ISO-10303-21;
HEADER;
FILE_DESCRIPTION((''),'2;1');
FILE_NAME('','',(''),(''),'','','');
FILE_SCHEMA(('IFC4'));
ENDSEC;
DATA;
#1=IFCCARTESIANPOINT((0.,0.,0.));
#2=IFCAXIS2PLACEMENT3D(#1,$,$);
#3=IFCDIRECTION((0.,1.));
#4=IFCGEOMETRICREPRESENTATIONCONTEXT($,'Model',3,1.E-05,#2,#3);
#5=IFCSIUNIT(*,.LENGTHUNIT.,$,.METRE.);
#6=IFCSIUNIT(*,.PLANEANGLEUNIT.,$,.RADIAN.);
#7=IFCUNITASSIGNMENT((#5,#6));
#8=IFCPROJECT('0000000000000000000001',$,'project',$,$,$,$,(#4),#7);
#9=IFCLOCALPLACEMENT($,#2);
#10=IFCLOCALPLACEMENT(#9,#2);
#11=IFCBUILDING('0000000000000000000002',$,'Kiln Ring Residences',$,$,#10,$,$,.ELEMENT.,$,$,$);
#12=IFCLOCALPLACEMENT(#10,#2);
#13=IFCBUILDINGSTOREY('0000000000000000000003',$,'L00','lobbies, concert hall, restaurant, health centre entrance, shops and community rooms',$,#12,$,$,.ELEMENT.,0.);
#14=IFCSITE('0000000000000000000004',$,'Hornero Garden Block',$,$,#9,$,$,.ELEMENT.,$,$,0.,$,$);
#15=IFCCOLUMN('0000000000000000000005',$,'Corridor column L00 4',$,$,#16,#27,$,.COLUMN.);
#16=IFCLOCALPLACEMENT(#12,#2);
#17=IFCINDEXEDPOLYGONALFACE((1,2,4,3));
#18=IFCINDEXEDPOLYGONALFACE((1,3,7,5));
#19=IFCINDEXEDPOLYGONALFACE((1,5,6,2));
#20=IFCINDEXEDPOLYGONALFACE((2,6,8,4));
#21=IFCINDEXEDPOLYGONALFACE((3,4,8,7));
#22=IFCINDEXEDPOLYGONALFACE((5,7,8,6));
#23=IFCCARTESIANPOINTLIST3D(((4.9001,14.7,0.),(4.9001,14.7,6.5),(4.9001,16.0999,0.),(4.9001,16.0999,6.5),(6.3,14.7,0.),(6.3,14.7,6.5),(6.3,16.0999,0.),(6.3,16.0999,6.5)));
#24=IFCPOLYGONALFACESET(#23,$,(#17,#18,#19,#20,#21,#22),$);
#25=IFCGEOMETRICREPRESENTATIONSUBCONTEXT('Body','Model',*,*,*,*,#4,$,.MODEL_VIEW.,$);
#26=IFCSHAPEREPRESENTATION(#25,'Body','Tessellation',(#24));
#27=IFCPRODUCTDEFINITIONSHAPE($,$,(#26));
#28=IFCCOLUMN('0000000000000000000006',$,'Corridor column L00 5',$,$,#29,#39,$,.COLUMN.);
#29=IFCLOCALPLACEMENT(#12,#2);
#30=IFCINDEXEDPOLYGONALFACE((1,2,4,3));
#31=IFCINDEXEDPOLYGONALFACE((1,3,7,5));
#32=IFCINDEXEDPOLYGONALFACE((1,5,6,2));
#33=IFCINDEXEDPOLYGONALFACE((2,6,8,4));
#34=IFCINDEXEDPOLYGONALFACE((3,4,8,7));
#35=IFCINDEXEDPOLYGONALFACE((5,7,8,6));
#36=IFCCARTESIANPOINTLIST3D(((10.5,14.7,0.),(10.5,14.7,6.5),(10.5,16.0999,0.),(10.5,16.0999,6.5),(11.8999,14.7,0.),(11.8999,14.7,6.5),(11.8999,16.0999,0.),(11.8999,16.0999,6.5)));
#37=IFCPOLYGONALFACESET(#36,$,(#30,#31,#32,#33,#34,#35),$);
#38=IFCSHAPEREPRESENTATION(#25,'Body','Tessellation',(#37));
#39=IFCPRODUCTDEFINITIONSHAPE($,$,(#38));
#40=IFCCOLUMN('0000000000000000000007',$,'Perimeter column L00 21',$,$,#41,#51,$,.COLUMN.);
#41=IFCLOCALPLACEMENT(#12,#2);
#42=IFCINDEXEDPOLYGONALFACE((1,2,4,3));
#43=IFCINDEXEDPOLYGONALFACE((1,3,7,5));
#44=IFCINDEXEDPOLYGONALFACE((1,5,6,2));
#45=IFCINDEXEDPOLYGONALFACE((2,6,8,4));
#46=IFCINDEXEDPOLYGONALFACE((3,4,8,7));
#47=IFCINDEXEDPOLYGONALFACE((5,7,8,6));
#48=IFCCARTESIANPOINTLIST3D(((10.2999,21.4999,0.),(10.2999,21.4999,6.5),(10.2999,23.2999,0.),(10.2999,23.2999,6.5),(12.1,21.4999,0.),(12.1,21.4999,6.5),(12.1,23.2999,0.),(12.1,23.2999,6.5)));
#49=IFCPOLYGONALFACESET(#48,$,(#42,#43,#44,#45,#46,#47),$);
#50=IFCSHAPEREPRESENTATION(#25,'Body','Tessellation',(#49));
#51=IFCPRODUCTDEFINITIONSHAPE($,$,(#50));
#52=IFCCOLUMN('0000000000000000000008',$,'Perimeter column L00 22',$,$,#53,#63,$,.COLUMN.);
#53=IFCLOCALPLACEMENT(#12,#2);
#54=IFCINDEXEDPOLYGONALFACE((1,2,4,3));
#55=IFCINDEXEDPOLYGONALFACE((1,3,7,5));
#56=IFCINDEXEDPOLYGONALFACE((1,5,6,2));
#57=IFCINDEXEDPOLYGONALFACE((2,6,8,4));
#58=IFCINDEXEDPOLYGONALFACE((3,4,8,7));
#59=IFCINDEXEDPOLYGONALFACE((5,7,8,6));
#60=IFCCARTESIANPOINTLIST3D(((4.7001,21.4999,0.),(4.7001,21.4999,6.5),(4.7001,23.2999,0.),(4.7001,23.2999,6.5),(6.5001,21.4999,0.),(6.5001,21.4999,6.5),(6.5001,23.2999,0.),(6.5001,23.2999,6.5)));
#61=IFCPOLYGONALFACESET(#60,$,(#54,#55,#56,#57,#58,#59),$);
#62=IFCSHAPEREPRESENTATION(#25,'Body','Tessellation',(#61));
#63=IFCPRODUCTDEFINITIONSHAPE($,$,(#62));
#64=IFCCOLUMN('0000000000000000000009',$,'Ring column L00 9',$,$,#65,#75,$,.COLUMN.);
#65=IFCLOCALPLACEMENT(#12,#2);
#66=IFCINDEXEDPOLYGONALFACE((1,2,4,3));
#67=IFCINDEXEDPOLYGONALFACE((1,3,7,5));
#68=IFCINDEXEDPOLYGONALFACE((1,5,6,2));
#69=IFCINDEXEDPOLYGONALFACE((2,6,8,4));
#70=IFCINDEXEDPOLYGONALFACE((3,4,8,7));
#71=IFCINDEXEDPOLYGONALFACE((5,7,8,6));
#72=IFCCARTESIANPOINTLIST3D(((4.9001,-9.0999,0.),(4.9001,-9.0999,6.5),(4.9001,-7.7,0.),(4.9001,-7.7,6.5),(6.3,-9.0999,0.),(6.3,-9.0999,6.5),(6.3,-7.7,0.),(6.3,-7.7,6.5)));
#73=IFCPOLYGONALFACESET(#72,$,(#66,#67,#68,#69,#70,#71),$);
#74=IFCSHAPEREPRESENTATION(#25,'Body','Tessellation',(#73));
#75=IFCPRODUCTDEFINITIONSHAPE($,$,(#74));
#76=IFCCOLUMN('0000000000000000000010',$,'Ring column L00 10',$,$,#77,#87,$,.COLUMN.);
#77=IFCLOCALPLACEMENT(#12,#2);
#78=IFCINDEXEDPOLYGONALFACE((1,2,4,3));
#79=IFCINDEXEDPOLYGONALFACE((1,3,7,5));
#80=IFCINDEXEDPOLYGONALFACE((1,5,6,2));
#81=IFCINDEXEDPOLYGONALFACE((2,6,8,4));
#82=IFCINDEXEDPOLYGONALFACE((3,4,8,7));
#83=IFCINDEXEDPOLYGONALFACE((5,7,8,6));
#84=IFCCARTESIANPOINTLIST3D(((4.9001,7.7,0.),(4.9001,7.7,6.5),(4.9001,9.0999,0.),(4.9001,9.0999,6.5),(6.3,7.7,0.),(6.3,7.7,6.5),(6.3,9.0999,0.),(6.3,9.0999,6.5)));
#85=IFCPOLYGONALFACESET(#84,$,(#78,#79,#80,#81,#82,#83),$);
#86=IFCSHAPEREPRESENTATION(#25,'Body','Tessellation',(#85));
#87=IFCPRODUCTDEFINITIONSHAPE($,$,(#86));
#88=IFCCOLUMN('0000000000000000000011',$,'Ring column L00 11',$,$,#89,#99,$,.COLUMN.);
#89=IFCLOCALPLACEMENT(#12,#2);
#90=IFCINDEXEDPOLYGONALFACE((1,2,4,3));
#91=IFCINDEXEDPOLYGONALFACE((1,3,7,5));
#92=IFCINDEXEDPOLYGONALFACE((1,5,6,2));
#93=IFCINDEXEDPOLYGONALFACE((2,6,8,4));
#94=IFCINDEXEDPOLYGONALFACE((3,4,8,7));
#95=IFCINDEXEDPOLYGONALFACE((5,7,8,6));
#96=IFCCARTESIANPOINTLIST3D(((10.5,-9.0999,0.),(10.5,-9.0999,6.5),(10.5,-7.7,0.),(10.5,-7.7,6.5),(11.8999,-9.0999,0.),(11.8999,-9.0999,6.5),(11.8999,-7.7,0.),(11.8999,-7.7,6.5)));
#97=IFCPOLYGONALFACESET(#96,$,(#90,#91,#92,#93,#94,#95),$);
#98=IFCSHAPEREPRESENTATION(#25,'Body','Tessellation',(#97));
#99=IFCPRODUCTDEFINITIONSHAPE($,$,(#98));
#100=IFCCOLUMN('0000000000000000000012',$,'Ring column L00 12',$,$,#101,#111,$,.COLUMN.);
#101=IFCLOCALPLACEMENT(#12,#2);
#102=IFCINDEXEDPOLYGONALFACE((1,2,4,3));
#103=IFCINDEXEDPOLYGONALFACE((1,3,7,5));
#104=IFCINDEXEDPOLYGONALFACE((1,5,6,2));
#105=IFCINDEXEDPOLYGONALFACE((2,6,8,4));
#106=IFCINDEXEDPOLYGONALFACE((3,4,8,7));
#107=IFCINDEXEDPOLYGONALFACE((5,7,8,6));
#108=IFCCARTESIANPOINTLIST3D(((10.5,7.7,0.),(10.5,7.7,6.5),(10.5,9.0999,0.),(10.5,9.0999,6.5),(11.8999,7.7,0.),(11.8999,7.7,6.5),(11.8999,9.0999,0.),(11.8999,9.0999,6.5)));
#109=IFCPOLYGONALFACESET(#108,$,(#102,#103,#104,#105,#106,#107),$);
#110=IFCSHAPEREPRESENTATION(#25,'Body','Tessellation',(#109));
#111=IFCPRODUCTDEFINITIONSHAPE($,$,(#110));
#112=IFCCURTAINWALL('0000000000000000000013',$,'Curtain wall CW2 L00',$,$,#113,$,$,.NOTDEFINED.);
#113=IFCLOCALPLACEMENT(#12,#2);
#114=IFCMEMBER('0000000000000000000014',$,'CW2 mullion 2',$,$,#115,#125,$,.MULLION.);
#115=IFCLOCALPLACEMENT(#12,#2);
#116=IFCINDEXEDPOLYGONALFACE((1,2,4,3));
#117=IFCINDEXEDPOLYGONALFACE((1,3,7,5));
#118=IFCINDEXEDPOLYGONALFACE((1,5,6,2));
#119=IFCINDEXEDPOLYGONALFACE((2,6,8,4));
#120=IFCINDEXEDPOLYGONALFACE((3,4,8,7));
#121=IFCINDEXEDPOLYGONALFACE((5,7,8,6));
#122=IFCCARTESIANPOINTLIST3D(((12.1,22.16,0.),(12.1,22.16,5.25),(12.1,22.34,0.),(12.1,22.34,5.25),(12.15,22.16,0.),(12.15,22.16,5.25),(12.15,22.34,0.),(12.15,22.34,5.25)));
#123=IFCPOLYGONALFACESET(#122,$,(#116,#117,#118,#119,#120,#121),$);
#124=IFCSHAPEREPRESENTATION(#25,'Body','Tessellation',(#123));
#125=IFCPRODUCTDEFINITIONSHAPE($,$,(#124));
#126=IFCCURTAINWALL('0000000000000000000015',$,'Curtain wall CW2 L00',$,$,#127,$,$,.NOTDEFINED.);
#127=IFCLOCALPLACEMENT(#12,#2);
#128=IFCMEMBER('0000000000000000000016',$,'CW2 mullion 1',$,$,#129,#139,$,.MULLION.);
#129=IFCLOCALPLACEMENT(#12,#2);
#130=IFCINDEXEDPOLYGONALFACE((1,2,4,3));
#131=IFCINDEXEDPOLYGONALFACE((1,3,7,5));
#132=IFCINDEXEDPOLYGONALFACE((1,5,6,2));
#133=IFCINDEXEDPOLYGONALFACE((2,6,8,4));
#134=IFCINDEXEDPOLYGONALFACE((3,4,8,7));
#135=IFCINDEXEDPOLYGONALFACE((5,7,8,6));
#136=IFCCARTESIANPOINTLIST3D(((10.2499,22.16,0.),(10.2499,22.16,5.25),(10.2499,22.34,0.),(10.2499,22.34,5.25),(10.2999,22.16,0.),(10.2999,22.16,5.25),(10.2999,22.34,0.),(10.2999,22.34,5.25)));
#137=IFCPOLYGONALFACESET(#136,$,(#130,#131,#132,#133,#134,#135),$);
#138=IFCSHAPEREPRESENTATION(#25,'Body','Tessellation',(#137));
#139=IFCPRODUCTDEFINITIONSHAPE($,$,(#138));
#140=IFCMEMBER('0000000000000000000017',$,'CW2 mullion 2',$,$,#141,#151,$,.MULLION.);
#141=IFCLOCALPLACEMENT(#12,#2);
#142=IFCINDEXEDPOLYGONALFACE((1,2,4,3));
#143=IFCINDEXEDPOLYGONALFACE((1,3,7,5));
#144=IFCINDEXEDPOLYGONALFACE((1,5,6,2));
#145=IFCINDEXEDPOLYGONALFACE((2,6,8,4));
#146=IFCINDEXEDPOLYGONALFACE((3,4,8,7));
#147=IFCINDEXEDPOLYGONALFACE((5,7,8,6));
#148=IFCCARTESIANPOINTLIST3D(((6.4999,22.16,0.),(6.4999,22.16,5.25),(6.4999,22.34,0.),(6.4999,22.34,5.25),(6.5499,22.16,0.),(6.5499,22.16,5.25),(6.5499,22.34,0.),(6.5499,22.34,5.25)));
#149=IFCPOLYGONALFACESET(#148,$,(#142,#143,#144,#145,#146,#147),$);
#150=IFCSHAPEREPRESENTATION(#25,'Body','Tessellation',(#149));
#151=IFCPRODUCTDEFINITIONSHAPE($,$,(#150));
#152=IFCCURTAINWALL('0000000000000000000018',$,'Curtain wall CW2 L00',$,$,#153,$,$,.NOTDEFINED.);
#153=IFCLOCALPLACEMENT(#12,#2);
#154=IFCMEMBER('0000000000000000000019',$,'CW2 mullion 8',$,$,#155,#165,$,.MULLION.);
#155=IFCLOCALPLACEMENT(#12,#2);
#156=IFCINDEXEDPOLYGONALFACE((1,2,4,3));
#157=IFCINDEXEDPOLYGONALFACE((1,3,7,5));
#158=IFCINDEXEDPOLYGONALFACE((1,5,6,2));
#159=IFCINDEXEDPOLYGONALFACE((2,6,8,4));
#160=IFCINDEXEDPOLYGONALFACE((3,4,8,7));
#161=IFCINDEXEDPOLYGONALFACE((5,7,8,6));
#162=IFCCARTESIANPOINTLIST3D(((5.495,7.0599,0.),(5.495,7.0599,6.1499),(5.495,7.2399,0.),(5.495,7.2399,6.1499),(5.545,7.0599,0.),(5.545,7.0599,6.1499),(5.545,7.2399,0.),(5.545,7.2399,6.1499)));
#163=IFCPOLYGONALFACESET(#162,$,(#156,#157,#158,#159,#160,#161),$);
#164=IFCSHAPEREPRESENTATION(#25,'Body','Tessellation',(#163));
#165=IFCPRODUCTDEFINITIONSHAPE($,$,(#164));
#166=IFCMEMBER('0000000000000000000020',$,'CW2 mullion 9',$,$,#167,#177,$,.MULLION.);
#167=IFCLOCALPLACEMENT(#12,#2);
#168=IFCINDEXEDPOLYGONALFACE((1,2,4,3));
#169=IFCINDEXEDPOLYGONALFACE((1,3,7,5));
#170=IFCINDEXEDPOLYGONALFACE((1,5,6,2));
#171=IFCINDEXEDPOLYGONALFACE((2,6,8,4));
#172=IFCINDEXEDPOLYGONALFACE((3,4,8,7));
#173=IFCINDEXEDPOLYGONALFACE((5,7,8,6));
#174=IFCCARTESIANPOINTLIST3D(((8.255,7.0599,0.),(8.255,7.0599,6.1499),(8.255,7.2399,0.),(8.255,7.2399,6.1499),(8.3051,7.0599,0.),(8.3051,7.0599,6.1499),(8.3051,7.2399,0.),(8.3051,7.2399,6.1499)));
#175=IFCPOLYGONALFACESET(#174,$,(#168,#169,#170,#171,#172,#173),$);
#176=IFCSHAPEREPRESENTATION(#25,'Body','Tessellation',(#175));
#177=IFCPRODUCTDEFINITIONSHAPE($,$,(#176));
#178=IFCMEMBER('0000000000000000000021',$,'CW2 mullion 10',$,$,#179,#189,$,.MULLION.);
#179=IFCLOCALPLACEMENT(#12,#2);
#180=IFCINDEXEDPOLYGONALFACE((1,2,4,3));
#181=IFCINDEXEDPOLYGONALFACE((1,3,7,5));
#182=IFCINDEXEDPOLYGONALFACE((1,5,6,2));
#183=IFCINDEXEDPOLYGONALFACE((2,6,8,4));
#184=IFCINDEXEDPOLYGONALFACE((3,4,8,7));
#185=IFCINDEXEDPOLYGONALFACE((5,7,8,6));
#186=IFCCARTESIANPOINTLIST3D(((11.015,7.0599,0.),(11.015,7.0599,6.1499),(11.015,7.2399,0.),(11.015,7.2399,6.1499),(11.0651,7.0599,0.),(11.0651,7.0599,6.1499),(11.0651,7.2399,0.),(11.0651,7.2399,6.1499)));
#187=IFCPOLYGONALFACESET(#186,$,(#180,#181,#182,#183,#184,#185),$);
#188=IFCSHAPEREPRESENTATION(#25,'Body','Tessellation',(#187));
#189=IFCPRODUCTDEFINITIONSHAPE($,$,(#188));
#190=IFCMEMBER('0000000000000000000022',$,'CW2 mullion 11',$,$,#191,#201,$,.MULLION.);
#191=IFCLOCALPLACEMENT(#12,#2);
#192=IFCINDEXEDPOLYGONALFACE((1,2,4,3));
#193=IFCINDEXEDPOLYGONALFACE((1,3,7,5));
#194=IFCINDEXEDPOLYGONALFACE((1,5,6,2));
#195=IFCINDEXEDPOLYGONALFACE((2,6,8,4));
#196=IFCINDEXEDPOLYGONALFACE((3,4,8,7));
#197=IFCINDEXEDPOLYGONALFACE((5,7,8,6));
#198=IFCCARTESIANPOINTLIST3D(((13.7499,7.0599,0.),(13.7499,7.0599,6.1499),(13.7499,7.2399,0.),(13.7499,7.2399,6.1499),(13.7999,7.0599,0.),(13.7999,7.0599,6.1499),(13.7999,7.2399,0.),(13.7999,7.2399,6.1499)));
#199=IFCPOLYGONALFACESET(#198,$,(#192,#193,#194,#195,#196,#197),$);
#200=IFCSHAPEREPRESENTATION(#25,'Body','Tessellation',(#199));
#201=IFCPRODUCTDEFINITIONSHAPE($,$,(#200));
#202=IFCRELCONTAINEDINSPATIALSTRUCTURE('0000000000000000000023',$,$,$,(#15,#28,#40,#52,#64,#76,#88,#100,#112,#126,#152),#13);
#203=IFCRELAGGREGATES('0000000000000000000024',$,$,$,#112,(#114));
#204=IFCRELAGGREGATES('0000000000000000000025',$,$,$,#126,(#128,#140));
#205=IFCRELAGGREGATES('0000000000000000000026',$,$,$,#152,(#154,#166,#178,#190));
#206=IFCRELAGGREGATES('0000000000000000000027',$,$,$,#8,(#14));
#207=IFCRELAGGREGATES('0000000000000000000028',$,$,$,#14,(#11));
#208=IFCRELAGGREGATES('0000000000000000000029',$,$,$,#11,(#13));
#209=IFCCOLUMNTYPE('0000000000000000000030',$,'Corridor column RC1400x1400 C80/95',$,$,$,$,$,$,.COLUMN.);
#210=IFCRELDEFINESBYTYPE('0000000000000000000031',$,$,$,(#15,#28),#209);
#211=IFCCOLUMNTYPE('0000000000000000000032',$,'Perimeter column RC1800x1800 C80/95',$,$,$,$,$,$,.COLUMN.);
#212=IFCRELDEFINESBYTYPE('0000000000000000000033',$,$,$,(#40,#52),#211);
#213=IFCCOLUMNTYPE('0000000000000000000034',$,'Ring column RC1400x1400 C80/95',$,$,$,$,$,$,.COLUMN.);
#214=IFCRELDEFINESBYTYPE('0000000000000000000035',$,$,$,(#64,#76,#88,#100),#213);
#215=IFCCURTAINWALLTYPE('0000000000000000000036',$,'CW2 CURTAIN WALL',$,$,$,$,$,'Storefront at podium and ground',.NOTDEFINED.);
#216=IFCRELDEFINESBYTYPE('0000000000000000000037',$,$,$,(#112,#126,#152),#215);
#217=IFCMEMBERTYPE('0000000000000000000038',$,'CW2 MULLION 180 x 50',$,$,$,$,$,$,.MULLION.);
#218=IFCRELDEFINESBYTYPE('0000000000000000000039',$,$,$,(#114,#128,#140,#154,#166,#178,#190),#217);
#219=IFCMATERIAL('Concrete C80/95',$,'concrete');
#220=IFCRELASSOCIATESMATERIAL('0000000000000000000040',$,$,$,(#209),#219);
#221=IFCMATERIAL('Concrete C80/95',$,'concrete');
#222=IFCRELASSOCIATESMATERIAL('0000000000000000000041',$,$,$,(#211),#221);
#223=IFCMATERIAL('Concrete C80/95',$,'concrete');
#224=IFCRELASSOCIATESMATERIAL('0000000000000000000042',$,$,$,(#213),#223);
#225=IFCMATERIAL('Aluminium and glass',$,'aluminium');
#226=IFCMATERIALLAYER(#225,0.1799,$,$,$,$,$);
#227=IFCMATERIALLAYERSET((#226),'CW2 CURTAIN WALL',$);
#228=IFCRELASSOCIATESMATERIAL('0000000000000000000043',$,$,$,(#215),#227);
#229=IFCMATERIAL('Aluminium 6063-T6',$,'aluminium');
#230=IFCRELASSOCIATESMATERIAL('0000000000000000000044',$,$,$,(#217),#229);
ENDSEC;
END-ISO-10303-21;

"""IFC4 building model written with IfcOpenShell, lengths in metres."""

from ifc_helpers import new_model, si_unit, direction, frame, origin, origin_2d, place, context, subcontext, project, spatial, rectangle, extrude, material, layer, layer_set, material_profile, profile_set, type_object, element, aggregate, save


model = new_model("IFC4")

# Units and contexts
model_context = context("Model", 3, precision=1e-05, world=origin(), true_north=direction((0.0, 1.0)))
body_context = subcontext(model_context, "Body", "Model", "MODEL_VIEW")
ifc_project = project(units=[si_unit("LENGTHUNIT", "METRE"), si_unit("PLANEANGLEUNIT", "RADIAN")], contexts=[model_context])

# Site, building, storey
site_placement = place(None, origin())
site = spatial("IfcSite", under=ifc_project, at=site_placement, Name="Hornero Garden Block", CompositionType="ELEMENT", RefElevation=0.0)
building_placement = place(site_placement, origin())
building = spatial("IfcBuilding", under=site, at=building_placement, Name="Kiln Ring Residences", CompositionType="ELEMENT")
storey_placement = place(building_placement, origin())
storey = spatial("IfcBuildingStorey", under=building, at=storey_placement, Name="L00", Description="lobbies, concert hall, restaurant, health centre entrance, shops and community rooms", CompositionType="ELEMENT", Elevation=0.0)

# Columns
ifc_material_1 = material(Name="Concrete C80/95", Category="concrete")
ifc_material_profile_1 = material_profile(ifc_material_1, rectangle(XDim=1.3999, YDim=1.3999, at=origin_2d()), Name="RC1400x1400")
ifc_profile_set_1 = profile_set([ifc_material_profile_1], Name="Concrete C80/95")
column_type_1 = type_object("IfcColumnType", Name="Corridor column RC1400x1400 C80/95", PredefinedType="COLUMN", material=ifc_profile_set_1)
for number, where, z_axis, x_axis, name in (
    (1, (5.6001, 15.3999, 0.0), (0.0, 0.0, 1.0), (1.0, 0.0, 0.0), "Corridor column L00 4"),
    (2, (11.2, 15.3999, 0.0), (0.0, 0.0, 1.0), (1.0, 0.0, 0.0), "Corridor column L00 5"),
):
    element("IfcColumn", number, at=place(storey_placement, frame(where, z_axis=z_axis, x_axis=x_axis)), inside=storey, type_object=column_type_1, Name=name, PredefinedType="COLUMN", context=body_context, shape_type="SweptSolid", body=[
        extrude(rectangle(XDim=1.3999, YDim=1.3999, at=origin_2d()), origin(), (0.0, 0.0, 1.0), 6.5),
    ])
ifc_material_2 = material(Name="Concrete C80/95", Category="concrete")
ifc_material_profile_2 = material_profile(ifc_material_2, rectangle(XDim=1.8, YDim=1.8, at=origin_2d()), Name="RC1800x1800")
ifc_profile_set_2 = profile_set([ifc_material_profile_2], Name="Concrete C80/95")
column_type_2 = type_object("IfcColumnType", Name="Perimeter column RC1800x1800 C80/95", PredefinedType="COLUMN", material=ifc_profile_set_2)
for number, where, z_axis, x_axis, name in (
    (3, (11.2, 22.3999, 0.0), (0.0, 0.0, 1.0), (1.0, 0.0, 0.0), "Perimeter column L00 21"),
    (4, (5.6001, 22.3999, 0.0), (0.0, 0.0, 1.0), (1.0, 0.0, 0.0), "Perimeter column L00 22"),
):
    element("IfcColumn", number, at=place(storey_placement, frame(where, z_axis=z_axis, x_axis=x_axis)), inside=storey, type_object=column_type_2, Name=name, PredefinedType="COLUMN", context=body_context, shape_type="SweptSolid", body=[
        extrude(rectangle(XDim=1.8, YDim=1.8, at=origin_2d()), origin(), (0.0, 0.0, 1.0), 6.5),
    ])
ifc_material_3 = material(Name="Concrete C80/95", Category="concrete")
ifc_material_profile_3 = material_profile(ifc_material_3, rectangle(XDim=1.3999, YDim=1.3999, at=origin_2d()), Name="RC1400x1400")
ifc_profile_set_3 = profile_set([ifc_material_profile_3], Name="Concrete C80/95")
column_type_3 = type_object("IfcColumnType", Name="Ring column RC1400x1400 C80/95", PredefinedType="COLUMN", material=ifc_profile_set_3)
for number, where, z_axis, x_axis, name in (
    (5, (5.6001, -8.3999, 0.0), (0.0, 0.0, 1.0), (1.0, 0.0, 0.0), "Ring column L00 9"),
    (6, (5.6001, 8.3999, 0.0), (0.0, 0.0, 1.0), (1.0, 0.0, 0.0), "Ring column L00 10"),
    (7, (11.2, -8.3999, 0.0), (0.0, 0.0, 1.0), (1.0, 0.0, 0.0), "Ring column L00 11"),
    (8, (11.2, 8.3999, 0.0), (0.0, 0.0, 1.0), (1.0, 0.0, 0.0), "Ring column L00 12"),
):
    element("IfcColumn", number, at=place(storey_placement, frame(where, z_axis=z_axis, x_axis=x_axis)), inside=storey, type_object=column_type_3, Name=name, PredefinedType="COLUMN", context=body_context, shape_type="SweptSolid", body=[
        extrude(rectangle(XDim=1.3999, YDim=1.3999, at=origin_2d()), origin(), (0.0, 0.0, 1.0), 6.5),
    ])

# Curtain wall, member
ifc_material_4 = material(Name="Aluminium and glass", Category="aluminium")
ifc_layer_1 = layer(ifc_material_4, 0.1799)
ifc_layer_set_1 = layer_set([ifc_layer_1], Name="CW2 CURTAIN WALL")
curtain_wall_type = type_object("IfcCurtainWallType", Name="CW2 CURTAIN WALL", ElementType="Storefront at podium and ground", PredefinedType="NOTDEFINED", material=ifc_layer_set_1)
placement = place(storey_placement, origin())
curtain_wall_1 = element("IfcCurtainWall", 9, at=placement, inside=storey, type_object=curtain_wall_type, Name="Curtain wall CW2 L00", PredefinedType="NOTDEFINED")
ifc_material_5 = material(Name="Aluminium 6063-T6", Category="aluminium")
ifc_material_profile_4 = material_profile(ifc_material_5, rectangle(XDim=0.1799, YDim=0.05, at=origin_2d()), Name="AL 180x50")
ifc_profile_set_4 = profile_set([ifc_material_profile_4], Name="Aluminium 6063-T6")
member_type = type_object("IfcMemberType", Name="CW2 MULLION 180 x 50", PredefinedType="MULLION", material=ifc_profile_set_4)
member_1_placement = place(storey_placement, frame((12.125, 22.25, 0.0), z_axis=(0.0, 0.0, 1.0), x_axis=(0.0, -1.0, 0.0)))
member_1 = element("IfcMember", 10, at=member_1_placement, type_object=member_type, Name="CW2 mullion 2", PredefinedType="MULLION", context=body_context, shape_type="SweptSolid", body=[
    extrude(rectangle(XDim=0.1799, YDim=0.05, at=origin_2d()), origin(), (0.0, 0.0, 1.0), 5.25),
])
aggregate(curtain_wall_1, [member_1])

# Curtain walls, members
curtain_wall_2 = element("IfcCurtainWall", 11, at=placement, inside=storey, type_object=curtain_wall_type, Name="Curtain wall CW2 L00", PredefinedType="NOTDEFINED")
member_2_placement = place(storey_placement, frame((10.2749, 22.25, 0.0), z_axis=(0.0, 0.0, 1.0), x_axis=(0.0, -1.0, 0.0)))
member_2 = element("IfcMember", 12, at=member_2_placement, type_object=member_type, Name="CW2 mullion 1", PredefinedType="MULLION", context=body_context, shape_type="SweptSolid", body=[
    extrude(rectangle(XDim=0.1799, YDim=0.05, at=origin_2d()), origin(), (0.0, 0.0, 1.0), 5.25),
])
member_3_placement = place(storey_placement, frame((6.5249, 22.25, 0.0), z_axis=(0.0, 0.0, 1.0), x_axis=(0.0, -1.0, 0.0)))
member_3 = element("IfcMember", 13, at=member_3_placement, type_object=member_type, Name="CW2 mullion 2", PredefinedType="MULLION", context=body_context, shape_type="SweptSolid", body=[
    extrude(rectangle(XDim=0.1799, YDim=0.05, at=origin_2d()), origin(), (0.0, 0.0, 1.0), 5.25),
])
aggregate(curtain_wall_2, [member_2, member_3])
curtain_wall_3 = element("IfcCurtainWall", 14, at=placement, inside=storey, type_object=curtain_wall_type, Name="Curtain wall CW2 L00", PredefinedType="NOTDEFINED")
member_4_placement = place(storey_placement, frame((5.52, 7.1499, 0.0), z_axis=(0.0, 0.0, 1.0), x_axis=(0.0, 1.0, 0.0)))
member_4 = element("IfcMember", 15, at=member_4_placement, type_object=member_type, Name="CW2 mullion 8", PredefinedType="MULLION", context=body_context, shape_type="SweptSolid", body=[
    extrude(rectangle(XDim=0.1799, YDim=0.05, at=origin_2d()), origin(), (0.0, 0.0, 1.0), 6.1499),
])
member_5_placement = place(storey_placement, frame((8.28, 7.1499, 0.0), z_axis=(0.0, 0.0, 1.0), x_axis=(0.0, 1.0, 0.0)))
member_5 = element("IfcMember", 16, at=member_5_placement, type_object=member_type, Name="CW2 mullion 9", PredefinedType="MULLION", context=body_context, shape_type="SweptSolid", body=[
    extrude(rectangle(XDim=0.1799, YDim=0.05, at=origin_2d()), origin(), (0.0, 0.0, 1.0), 6.1499),
])
member_6_placement = place(storey_placement, frame((11.04, 7.1499, 0.0), z_axis=(0.0, 0.0, 1.0), x_axis=(0.0, 1.0, 0.0)))
member_6 = element("IfcMember", 17, at=member_6_placement, type_object=member_type, Name="CW2 mullion 10", PredefinedType="MULLION", context=body_context, shape_type="SweptSolid", body=[
    extrude(rectangle(XDim=0.1799, YDim=0.05, at=origin_2d()), origin(), (0.0, 0.0, 1.0), 6.1499),
])
member_7_placement = place(storey_placement, frame((13.7749, 7.1499, 0.0), z_axis=(0.0, 0.0, 1.0), x_axis=(0.0, 1.0, 0.0)))
member_7 = element("IfcMember", 18, at=member_7_placement, type_object=member_type, Name="CW2 mullion 11", PredefinedType="MULLION", context=body_context, shape_type="SweptSolid", body=[
    extrude(rectangle(XDim=0.1799, YDim=0.05, at=origin_2d()), origin(), (0.0, 0.0, 1.0), 6.1499),
])
aggregate(curtain_wall_3, [member_4, member_5, member_6, member_7])

save(model, "model.ifc")
